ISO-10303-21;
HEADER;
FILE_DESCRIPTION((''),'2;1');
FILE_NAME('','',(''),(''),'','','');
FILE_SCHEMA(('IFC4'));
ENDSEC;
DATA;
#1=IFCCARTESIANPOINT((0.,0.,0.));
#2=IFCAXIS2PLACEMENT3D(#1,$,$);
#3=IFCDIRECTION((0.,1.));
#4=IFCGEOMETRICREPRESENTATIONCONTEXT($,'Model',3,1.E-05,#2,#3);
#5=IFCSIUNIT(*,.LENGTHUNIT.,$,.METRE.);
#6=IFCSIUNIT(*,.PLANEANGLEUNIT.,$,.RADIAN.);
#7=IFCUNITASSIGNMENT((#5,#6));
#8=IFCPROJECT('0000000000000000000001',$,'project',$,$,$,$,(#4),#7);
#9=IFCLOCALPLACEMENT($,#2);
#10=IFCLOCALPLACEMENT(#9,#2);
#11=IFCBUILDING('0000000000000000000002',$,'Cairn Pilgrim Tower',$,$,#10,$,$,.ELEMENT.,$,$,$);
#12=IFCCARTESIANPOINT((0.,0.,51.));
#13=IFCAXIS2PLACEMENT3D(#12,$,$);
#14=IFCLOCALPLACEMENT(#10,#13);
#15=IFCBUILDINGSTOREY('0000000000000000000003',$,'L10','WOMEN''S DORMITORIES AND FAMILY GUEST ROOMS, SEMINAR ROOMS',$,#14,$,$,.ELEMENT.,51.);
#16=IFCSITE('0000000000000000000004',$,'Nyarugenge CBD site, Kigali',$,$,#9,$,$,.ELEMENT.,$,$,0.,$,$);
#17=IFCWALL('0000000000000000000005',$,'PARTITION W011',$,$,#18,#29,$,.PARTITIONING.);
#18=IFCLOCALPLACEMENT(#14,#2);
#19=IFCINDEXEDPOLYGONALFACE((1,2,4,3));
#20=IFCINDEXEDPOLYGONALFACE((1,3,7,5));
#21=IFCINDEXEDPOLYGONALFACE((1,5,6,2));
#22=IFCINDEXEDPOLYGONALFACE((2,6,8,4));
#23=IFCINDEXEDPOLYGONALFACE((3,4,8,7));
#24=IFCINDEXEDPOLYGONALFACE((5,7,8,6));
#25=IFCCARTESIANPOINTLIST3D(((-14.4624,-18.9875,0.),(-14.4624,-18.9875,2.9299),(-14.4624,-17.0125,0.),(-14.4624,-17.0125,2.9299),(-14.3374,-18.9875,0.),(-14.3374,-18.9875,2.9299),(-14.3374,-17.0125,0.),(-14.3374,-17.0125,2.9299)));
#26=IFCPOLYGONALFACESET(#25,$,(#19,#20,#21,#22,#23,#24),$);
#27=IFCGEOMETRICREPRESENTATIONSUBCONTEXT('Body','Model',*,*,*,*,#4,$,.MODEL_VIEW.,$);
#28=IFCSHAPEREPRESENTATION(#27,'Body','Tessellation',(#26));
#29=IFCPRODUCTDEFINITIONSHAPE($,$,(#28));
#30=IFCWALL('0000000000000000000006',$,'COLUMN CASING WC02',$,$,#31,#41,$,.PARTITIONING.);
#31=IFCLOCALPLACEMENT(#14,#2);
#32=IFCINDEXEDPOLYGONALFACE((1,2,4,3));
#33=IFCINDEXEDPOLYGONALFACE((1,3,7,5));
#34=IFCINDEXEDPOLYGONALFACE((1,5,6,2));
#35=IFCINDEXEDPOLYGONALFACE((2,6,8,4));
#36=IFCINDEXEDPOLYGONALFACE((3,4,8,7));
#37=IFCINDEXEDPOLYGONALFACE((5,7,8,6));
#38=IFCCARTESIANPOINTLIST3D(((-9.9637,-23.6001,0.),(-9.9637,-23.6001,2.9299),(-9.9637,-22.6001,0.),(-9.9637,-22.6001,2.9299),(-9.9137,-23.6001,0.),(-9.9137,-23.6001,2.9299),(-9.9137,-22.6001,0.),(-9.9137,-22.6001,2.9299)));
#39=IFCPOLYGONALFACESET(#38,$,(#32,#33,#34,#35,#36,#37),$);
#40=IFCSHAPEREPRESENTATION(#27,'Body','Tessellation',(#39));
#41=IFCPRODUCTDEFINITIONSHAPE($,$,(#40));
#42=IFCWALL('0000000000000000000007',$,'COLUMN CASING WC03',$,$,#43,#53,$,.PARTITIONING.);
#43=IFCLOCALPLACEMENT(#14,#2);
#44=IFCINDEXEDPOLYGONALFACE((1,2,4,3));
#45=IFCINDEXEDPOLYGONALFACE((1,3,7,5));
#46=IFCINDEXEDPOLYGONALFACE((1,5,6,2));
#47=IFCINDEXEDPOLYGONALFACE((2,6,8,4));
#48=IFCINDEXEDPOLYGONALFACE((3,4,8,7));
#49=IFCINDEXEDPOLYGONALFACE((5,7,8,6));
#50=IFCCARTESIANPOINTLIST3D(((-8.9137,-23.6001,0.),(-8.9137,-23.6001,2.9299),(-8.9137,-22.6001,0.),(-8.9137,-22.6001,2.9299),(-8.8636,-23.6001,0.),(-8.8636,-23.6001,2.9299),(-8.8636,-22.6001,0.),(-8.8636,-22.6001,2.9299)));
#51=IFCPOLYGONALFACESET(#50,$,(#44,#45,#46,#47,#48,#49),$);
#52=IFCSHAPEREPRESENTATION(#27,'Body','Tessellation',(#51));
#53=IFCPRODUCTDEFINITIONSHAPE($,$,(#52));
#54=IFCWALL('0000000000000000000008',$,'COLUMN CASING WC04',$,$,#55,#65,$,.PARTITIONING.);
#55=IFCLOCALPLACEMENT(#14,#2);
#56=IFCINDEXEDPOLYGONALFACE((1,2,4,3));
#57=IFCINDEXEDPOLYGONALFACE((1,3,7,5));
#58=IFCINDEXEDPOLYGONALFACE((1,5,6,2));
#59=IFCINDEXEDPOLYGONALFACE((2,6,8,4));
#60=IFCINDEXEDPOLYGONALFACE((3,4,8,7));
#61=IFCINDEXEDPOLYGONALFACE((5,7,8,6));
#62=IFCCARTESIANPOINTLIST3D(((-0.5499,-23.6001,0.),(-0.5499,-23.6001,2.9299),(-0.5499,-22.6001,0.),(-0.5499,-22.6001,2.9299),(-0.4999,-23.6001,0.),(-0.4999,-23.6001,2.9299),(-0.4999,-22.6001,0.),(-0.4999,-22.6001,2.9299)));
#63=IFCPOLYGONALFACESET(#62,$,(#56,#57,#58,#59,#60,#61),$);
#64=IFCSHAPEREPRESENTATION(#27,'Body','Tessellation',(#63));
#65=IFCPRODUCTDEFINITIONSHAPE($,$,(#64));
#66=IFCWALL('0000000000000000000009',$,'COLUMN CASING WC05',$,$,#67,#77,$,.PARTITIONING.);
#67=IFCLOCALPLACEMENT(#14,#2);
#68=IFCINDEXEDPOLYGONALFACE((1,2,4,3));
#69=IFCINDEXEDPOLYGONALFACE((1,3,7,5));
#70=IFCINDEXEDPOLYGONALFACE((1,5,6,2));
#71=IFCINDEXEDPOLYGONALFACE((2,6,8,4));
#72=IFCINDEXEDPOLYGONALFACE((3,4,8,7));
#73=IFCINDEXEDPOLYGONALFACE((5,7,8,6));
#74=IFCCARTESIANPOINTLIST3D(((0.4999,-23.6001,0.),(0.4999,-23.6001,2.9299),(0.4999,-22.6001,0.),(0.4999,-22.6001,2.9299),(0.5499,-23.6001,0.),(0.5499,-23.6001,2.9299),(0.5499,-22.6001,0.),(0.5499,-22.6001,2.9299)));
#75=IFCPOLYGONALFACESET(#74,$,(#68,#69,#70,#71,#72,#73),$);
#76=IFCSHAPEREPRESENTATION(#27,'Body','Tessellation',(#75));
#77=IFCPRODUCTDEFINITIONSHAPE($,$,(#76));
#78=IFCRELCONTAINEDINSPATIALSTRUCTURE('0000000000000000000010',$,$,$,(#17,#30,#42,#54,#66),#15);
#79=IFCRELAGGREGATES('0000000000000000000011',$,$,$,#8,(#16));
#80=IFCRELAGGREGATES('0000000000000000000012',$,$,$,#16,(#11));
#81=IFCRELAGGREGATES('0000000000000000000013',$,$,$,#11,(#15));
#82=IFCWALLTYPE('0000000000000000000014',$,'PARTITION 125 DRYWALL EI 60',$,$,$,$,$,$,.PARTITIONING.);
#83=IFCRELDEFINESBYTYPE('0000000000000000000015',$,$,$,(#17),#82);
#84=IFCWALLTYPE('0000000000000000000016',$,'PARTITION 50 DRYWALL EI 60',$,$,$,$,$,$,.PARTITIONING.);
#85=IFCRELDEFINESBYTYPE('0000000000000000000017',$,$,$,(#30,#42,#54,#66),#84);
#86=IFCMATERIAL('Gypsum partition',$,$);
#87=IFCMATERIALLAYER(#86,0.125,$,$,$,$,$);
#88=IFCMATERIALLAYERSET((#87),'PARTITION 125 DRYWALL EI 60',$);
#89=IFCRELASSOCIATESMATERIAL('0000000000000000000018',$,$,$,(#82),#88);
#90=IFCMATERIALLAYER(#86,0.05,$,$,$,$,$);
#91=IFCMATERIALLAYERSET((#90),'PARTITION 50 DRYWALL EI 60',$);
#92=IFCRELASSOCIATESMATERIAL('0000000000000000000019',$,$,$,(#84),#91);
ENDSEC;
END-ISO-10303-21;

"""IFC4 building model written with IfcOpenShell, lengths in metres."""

from ifc_helpers import new_model, si_unit, direction, frame, frame_2d, origin, place, context, subcontext, project, spatial, rectangle, extrude, material, layer, layer_set, type_object, element, save


model = new_model("IFC4")

# Units and contexts
model_context = context("Model", 3, precision=1e-05, world=origin(), true_north=direction((0.0, 1.0)))
body_context = subcontext(model_context, "Body", "Model", "MODEL_VIEW")
ifc_project = project(units=[si_unit("LENGTHUNIT", "METRE"), si_unit("PLANEANGLEUNIT", "RADIAN")], contexts=[model_context])

# Site, building, storey
site_placement = place(None, origin())
site = spatial("IfcSite", under=ifc_project, at=site_placement, Name="Nyarugenge CBD site, Kigali", CompositionType="ELEMENT", RefElevation=0.0)
building_placement = place(site_placement, origin())
building = spatial("IfcBuilding", under=site, at=building_placement, Name="Cairn Pilgrim Tower", CompositionType="ELEMENT")
storey_placement = place(building_placement, frame((0.0, 0.0, 51.0)))
storey = spatial("IfcBuildingStorey", under=building, at=storey_placement, Name="L10", Description="WOMEN'S DORMITORIES AND FAMILY GUEST ROOMS, SEMINAR ROOMS", CompositionType="ELEMENT", Elevation=51.0)

# Walls
ifc_material_1 = material(Name="Gypsum partition")
ifc_layer_1 = layer(ifc_material_1, 0.125)
ifc_layer_set_1 = layer_set([ifc_layer_1], Name="PARTITION 125 DRYWALL EI 60")
wall_type_1 = type_object("IfcWallType", Name="PARTITION 125 DRYWALL EI 60", PredefinedType="PARTITIONING", material=ifc_layer_set_1)
wall_1_placement = place(storey_placement, frame((-14.3999, -18.9875, 0.0), z_axis=(0.0, 0.0, 1.0), x_axis=(0.0, 1.0, 0.0)))
element("IfcWall", 1, at=wall_1_placement, inside=storey, type_object=wall_type_1, Name="PARTITION W011", PredefinedType="PARTITIONING", context=body_context, shape_type="SweptSolid", body=[
    extrude(rectangle(XDim=1.9751, YDim=0.125, at=frame_2d((0.9875, 0.0))), origin(), (0.0, 0.0, 1.0), 2.9299),
])
ifc_layer_2 = layer(ifc_material_1, 0.05)
ifc_layer_set_2 = layer_set([ifc_layer_2], Name="PARTITION 50 DRYWALL EI 60")
wall_type_2 = type_object("IfcWallType", Name="PARTITION 50 DRYWALL EI 60", PredefinedType="PARTITIONING", material=ifc_layer_set_2)
for number, where, z_axis, x_axis, name in (
    (2, (-9.9387, -23.6001, 0.0), (0.0, 0.0, 1.0), (0.0, 1.0, 0.0), "COLUMN CASING WC02"),
    (3, (-8.8887, -23.6001, 0.0), (0.0, 0.0, 1.0), (0.0, 1.0, 0.0), "COLUMN CASING WC03"),
    (4, (-0.5249, -23.6001, 0.0), (0.0, 0.0, 1.0), (0.0, 1.0, 0.0), "COLUMN CASING WC04"),
    (5, (0.5249, -23.6001, 0.0), (0.0, 0.0, 1.0), (0.0, 1.0, 0.0), "COLUMN CASING WC05"),
):
    element("IfcWall", number, at=place(storey_placement, frame(where, z_axis=z_axis, x_axis=x_axis)), inside=storey, type_object=wall_type_2, Name=name, PredefinedType="PARTITIONING", context=body_context, shape_type="SweptSolid", body=[
        extrude(rectangle(XDim=1.0, YDim=0.05, at=frame_2d((0.5, 0.0))), origin(), (0.0, 0.0, 1.0), 2.9299),
    ])

save(model, "model.ifc")
